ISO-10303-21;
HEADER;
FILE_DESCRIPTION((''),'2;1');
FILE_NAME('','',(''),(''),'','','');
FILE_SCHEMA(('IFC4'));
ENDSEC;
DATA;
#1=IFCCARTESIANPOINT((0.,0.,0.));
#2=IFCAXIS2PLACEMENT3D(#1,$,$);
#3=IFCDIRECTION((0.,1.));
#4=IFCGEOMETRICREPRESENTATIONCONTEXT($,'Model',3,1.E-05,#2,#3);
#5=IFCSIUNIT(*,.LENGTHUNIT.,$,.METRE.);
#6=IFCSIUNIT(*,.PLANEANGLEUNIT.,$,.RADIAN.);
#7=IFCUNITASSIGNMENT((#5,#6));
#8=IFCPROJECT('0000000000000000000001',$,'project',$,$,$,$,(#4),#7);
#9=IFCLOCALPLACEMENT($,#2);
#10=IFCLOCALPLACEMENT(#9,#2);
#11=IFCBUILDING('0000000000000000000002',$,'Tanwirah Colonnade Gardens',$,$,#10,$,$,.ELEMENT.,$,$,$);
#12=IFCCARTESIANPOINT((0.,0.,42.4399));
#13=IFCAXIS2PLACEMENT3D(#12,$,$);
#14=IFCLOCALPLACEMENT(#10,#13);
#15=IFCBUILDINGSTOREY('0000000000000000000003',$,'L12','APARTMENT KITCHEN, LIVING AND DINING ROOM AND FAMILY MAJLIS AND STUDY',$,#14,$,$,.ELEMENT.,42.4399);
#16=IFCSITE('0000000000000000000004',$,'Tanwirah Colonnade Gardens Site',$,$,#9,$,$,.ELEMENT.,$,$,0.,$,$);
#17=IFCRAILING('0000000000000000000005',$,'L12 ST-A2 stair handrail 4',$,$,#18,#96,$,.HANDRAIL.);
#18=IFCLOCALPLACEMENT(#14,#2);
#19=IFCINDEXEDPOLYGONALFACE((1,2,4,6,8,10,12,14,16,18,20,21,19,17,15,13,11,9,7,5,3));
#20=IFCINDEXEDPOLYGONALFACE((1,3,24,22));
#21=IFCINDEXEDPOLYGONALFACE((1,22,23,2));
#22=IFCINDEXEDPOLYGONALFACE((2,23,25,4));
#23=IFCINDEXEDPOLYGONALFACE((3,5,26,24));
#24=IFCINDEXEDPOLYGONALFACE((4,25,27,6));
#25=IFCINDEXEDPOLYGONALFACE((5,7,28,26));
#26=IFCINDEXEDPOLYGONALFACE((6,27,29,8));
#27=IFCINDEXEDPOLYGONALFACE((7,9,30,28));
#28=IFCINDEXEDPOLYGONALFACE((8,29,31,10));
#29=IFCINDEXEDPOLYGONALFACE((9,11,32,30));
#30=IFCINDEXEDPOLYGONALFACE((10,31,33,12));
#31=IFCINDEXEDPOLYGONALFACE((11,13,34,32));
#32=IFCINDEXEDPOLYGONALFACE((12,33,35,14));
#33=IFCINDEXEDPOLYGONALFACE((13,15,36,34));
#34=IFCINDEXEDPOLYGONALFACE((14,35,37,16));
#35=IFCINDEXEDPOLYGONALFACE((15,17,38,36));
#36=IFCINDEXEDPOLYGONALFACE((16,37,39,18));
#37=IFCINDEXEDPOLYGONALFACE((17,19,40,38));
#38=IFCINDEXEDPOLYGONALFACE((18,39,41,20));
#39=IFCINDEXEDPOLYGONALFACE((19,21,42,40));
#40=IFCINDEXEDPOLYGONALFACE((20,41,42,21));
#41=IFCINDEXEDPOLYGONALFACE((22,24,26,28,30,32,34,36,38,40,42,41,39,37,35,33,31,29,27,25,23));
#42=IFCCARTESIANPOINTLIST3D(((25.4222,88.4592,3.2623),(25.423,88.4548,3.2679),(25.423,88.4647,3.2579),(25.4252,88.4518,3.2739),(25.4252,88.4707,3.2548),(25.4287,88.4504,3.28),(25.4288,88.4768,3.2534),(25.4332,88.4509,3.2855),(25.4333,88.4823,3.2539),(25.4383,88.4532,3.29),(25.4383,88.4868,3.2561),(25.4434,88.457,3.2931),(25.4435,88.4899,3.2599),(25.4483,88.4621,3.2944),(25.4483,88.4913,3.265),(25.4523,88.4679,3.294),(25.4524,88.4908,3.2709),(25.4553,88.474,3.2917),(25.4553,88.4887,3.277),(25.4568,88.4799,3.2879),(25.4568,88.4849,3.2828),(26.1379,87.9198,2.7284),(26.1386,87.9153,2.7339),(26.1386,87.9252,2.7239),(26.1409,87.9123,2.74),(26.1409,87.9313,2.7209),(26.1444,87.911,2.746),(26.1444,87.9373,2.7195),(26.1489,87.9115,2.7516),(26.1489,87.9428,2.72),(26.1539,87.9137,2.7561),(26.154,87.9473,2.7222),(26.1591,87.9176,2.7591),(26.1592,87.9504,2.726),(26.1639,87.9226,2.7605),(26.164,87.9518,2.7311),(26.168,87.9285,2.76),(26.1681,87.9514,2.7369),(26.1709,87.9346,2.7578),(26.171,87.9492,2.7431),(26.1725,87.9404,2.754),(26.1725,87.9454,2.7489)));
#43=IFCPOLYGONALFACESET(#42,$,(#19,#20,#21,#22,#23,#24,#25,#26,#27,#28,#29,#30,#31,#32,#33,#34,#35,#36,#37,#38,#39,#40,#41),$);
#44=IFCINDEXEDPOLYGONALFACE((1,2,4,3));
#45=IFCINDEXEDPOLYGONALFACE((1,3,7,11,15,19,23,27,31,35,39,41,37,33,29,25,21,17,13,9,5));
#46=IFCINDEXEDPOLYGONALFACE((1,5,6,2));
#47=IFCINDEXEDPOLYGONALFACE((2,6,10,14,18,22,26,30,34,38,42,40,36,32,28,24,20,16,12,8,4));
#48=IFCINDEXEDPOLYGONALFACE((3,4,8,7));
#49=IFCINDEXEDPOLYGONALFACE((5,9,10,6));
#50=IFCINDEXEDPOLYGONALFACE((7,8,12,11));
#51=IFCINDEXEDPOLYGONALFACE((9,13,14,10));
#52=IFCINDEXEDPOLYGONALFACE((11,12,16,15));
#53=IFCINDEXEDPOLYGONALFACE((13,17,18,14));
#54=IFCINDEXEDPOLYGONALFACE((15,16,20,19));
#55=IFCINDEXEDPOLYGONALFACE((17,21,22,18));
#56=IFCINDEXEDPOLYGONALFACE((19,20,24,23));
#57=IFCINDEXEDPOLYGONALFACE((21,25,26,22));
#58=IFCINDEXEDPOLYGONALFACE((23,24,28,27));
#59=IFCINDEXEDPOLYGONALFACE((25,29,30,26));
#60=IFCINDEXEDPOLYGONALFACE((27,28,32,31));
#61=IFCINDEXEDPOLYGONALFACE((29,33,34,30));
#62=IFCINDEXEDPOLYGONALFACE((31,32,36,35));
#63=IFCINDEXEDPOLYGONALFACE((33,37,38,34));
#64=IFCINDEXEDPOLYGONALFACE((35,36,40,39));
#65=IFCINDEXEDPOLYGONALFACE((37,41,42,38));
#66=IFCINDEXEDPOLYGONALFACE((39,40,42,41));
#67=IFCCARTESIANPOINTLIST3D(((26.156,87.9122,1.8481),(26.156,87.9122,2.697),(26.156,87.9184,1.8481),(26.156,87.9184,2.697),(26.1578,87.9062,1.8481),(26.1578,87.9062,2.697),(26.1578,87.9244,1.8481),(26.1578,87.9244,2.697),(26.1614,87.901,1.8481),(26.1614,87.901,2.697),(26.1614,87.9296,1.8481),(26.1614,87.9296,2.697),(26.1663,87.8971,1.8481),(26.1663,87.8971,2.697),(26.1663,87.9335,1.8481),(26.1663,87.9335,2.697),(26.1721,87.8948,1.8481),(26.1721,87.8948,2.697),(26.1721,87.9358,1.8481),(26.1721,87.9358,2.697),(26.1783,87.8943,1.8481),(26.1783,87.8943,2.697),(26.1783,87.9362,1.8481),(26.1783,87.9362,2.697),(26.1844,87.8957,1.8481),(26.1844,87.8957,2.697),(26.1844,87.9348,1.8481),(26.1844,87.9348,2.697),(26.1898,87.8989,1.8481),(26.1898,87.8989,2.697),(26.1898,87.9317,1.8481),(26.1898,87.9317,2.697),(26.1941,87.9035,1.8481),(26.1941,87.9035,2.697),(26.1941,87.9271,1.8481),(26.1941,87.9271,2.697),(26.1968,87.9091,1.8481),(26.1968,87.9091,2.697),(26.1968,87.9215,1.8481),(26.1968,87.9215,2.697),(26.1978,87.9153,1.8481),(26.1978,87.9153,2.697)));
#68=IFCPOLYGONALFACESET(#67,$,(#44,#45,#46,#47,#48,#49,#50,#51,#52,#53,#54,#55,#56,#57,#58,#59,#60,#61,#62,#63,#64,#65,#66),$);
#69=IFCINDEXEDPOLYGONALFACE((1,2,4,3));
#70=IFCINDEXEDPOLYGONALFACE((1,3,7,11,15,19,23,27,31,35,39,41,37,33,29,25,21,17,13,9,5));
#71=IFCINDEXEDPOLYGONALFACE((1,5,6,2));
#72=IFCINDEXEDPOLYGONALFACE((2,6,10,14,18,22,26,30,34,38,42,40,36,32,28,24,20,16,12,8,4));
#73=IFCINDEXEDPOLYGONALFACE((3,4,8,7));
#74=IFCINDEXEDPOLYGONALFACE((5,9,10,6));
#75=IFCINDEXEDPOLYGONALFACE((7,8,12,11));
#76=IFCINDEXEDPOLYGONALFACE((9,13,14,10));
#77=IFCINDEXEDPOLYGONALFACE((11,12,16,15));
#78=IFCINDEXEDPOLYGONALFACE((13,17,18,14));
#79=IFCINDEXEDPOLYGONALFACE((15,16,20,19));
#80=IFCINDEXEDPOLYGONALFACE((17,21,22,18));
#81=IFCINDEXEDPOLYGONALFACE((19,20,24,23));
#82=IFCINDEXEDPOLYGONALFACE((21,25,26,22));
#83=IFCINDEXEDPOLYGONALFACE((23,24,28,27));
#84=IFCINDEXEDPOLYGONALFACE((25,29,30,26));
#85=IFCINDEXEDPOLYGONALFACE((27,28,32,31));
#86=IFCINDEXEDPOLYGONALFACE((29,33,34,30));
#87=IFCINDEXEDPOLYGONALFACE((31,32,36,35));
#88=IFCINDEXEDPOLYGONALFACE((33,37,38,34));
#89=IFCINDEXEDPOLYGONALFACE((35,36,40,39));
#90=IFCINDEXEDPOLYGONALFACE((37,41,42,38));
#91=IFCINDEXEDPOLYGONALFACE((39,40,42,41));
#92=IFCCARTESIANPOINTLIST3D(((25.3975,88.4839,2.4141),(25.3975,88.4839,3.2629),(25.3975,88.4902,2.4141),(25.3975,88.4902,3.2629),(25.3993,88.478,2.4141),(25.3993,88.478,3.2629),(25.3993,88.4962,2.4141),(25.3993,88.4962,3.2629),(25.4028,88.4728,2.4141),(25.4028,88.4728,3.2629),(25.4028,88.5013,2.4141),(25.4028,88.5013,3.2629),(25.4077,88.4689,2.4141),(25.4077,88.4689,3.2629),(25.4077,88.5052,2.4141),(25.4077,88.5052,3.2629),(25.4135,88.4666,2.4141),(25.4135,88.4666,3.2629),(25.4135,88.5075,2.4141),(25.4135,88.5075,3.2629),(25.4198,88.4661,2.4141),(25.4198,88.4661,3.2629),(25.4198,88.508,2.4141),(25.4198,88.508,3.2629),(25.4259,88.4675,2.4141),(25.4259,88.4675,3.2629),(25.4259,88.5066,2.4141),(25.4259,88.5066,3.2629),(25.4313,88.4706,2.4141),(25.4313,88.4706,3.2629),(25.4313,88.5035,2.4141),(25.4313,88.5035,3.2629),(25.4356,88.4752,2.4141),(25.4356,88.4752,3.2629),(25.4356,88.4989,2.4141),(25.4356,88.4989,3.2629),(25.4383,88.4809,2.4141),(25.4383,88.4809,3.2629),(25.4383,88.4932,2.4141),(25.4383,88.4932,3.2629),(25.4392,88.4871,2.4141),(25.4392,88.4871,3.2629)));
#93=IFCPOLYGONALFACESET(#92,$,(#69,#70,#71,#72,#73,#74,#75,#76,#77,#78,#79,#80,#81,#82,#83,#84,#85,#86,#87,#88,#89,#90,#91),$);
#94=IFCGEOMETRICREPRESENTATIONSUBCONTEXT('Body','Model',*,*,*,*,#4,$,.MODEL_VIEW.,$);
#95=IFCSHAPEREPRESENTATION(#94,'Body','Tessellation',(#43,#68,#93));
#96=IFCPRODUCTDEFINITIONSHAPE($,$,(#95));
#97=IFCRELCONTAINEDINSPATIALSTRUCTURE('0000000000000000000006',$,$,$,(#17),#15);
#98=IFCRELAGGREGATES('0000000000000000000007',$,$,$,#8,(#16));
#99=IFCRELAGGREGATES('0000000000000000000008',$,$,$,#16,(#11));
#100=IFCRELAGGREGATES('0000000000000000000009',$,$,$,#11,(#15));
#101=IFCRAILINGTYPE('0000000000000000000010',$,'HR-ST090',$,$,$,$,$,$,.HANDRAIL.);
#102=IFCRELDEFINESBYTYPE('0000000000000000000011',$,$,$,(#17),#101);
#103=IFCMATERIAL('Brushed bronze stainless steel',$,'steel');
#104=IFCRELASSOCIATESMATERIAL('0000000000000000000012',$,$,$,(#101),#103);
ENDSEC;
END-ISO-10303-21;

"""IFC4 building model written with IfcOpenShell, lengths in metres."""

from ifc_helpers import new_model, si_unit, direction, frame, origin, origin_2d, place, context, subcontext, project, spatial, circle, extrude, material, type_object, element, save


model = new_model("IFC4")

# Units and contexts
model_context = context("Model", 3, precision=1e-05, world=origin(), true_north=direction((0.0, 1.0)))
body_context = subcontext(model_context, "Body", "Model", "MODEL_VIEW")
ifc_project = project(units=[si_unit("LENGTHUNIT", "METRE"), si_unit("PLANEANGLEUNIT", "RADIAN")], contexts=[model_context])

# Site, building, storey
site_placement = place(None, origin())
site = spatial("IfcSite", under=ifc_project, at=site_placement, Name="Tanwirah Colonnade Gardens Site", CompositionType="ELEMENT", RefElevation=0.0)
building_placement = place(site_placement, origin())
building = spatial("IfcBuilding", under=site, at=building_placement, Name="Tanwirah Colonnade Gardens", CompositionType="ELEMENT")
storey_placement = place(building_placement, frame((0.0, 0.0, 42.4399)))
storey = spatial("IfcBuildingStorey", under=building, at=storey_placement, Name="L12", Description="APARTMENT KITCHEN, LIVING AND DINING ROOM AND FAMILY MAJLIS AND STUDY", CompositionType="ELEMENT", Elevation=42.4399)

# Railing
ifc_material_1 = material(Name="Brushed bronze stainless steel", Category="steel")
railing_type_1 = type_object("IfcRailingType", Name="HR-ST090", PredefinedType="HANDRAIL", material=ifc_material_1)
railing_1_placement = place(storey_placement, frame((26.1768, 87.9153, 1.8481)))
element("IfcRailing", 1, at=railing_1_placement, inside=storey, type_object=railing_type_1, Name="L12 ST-A2 stair handrail 4", PredefinedType="HANDRAIL", context=body_context, shape_type="SweptSolid", body=[
    extrude(circle(Radius=0.0239, at=origin_2d()), frame((-0.0215, 0.0161, 0.8918), z_axis=(-0.686028, 0.517116, 0.511817), x_axis=(-0.601931, -0.798548, 0.0)), (0.0, 0.0, 1.0), 1.0432),
    extrude(circle(Radius=0.021, at=origin_2d()), origin(), (0.0, 0.0, 1.0), 0.8489),
    extrude(circle(Radius=0.021, at=origin_2d()), frame((-0.7585, 0.5718, 0.5659)), (0.0, 0.0, 1.0), 0.8489),
])

save(model, "model.ifc")
